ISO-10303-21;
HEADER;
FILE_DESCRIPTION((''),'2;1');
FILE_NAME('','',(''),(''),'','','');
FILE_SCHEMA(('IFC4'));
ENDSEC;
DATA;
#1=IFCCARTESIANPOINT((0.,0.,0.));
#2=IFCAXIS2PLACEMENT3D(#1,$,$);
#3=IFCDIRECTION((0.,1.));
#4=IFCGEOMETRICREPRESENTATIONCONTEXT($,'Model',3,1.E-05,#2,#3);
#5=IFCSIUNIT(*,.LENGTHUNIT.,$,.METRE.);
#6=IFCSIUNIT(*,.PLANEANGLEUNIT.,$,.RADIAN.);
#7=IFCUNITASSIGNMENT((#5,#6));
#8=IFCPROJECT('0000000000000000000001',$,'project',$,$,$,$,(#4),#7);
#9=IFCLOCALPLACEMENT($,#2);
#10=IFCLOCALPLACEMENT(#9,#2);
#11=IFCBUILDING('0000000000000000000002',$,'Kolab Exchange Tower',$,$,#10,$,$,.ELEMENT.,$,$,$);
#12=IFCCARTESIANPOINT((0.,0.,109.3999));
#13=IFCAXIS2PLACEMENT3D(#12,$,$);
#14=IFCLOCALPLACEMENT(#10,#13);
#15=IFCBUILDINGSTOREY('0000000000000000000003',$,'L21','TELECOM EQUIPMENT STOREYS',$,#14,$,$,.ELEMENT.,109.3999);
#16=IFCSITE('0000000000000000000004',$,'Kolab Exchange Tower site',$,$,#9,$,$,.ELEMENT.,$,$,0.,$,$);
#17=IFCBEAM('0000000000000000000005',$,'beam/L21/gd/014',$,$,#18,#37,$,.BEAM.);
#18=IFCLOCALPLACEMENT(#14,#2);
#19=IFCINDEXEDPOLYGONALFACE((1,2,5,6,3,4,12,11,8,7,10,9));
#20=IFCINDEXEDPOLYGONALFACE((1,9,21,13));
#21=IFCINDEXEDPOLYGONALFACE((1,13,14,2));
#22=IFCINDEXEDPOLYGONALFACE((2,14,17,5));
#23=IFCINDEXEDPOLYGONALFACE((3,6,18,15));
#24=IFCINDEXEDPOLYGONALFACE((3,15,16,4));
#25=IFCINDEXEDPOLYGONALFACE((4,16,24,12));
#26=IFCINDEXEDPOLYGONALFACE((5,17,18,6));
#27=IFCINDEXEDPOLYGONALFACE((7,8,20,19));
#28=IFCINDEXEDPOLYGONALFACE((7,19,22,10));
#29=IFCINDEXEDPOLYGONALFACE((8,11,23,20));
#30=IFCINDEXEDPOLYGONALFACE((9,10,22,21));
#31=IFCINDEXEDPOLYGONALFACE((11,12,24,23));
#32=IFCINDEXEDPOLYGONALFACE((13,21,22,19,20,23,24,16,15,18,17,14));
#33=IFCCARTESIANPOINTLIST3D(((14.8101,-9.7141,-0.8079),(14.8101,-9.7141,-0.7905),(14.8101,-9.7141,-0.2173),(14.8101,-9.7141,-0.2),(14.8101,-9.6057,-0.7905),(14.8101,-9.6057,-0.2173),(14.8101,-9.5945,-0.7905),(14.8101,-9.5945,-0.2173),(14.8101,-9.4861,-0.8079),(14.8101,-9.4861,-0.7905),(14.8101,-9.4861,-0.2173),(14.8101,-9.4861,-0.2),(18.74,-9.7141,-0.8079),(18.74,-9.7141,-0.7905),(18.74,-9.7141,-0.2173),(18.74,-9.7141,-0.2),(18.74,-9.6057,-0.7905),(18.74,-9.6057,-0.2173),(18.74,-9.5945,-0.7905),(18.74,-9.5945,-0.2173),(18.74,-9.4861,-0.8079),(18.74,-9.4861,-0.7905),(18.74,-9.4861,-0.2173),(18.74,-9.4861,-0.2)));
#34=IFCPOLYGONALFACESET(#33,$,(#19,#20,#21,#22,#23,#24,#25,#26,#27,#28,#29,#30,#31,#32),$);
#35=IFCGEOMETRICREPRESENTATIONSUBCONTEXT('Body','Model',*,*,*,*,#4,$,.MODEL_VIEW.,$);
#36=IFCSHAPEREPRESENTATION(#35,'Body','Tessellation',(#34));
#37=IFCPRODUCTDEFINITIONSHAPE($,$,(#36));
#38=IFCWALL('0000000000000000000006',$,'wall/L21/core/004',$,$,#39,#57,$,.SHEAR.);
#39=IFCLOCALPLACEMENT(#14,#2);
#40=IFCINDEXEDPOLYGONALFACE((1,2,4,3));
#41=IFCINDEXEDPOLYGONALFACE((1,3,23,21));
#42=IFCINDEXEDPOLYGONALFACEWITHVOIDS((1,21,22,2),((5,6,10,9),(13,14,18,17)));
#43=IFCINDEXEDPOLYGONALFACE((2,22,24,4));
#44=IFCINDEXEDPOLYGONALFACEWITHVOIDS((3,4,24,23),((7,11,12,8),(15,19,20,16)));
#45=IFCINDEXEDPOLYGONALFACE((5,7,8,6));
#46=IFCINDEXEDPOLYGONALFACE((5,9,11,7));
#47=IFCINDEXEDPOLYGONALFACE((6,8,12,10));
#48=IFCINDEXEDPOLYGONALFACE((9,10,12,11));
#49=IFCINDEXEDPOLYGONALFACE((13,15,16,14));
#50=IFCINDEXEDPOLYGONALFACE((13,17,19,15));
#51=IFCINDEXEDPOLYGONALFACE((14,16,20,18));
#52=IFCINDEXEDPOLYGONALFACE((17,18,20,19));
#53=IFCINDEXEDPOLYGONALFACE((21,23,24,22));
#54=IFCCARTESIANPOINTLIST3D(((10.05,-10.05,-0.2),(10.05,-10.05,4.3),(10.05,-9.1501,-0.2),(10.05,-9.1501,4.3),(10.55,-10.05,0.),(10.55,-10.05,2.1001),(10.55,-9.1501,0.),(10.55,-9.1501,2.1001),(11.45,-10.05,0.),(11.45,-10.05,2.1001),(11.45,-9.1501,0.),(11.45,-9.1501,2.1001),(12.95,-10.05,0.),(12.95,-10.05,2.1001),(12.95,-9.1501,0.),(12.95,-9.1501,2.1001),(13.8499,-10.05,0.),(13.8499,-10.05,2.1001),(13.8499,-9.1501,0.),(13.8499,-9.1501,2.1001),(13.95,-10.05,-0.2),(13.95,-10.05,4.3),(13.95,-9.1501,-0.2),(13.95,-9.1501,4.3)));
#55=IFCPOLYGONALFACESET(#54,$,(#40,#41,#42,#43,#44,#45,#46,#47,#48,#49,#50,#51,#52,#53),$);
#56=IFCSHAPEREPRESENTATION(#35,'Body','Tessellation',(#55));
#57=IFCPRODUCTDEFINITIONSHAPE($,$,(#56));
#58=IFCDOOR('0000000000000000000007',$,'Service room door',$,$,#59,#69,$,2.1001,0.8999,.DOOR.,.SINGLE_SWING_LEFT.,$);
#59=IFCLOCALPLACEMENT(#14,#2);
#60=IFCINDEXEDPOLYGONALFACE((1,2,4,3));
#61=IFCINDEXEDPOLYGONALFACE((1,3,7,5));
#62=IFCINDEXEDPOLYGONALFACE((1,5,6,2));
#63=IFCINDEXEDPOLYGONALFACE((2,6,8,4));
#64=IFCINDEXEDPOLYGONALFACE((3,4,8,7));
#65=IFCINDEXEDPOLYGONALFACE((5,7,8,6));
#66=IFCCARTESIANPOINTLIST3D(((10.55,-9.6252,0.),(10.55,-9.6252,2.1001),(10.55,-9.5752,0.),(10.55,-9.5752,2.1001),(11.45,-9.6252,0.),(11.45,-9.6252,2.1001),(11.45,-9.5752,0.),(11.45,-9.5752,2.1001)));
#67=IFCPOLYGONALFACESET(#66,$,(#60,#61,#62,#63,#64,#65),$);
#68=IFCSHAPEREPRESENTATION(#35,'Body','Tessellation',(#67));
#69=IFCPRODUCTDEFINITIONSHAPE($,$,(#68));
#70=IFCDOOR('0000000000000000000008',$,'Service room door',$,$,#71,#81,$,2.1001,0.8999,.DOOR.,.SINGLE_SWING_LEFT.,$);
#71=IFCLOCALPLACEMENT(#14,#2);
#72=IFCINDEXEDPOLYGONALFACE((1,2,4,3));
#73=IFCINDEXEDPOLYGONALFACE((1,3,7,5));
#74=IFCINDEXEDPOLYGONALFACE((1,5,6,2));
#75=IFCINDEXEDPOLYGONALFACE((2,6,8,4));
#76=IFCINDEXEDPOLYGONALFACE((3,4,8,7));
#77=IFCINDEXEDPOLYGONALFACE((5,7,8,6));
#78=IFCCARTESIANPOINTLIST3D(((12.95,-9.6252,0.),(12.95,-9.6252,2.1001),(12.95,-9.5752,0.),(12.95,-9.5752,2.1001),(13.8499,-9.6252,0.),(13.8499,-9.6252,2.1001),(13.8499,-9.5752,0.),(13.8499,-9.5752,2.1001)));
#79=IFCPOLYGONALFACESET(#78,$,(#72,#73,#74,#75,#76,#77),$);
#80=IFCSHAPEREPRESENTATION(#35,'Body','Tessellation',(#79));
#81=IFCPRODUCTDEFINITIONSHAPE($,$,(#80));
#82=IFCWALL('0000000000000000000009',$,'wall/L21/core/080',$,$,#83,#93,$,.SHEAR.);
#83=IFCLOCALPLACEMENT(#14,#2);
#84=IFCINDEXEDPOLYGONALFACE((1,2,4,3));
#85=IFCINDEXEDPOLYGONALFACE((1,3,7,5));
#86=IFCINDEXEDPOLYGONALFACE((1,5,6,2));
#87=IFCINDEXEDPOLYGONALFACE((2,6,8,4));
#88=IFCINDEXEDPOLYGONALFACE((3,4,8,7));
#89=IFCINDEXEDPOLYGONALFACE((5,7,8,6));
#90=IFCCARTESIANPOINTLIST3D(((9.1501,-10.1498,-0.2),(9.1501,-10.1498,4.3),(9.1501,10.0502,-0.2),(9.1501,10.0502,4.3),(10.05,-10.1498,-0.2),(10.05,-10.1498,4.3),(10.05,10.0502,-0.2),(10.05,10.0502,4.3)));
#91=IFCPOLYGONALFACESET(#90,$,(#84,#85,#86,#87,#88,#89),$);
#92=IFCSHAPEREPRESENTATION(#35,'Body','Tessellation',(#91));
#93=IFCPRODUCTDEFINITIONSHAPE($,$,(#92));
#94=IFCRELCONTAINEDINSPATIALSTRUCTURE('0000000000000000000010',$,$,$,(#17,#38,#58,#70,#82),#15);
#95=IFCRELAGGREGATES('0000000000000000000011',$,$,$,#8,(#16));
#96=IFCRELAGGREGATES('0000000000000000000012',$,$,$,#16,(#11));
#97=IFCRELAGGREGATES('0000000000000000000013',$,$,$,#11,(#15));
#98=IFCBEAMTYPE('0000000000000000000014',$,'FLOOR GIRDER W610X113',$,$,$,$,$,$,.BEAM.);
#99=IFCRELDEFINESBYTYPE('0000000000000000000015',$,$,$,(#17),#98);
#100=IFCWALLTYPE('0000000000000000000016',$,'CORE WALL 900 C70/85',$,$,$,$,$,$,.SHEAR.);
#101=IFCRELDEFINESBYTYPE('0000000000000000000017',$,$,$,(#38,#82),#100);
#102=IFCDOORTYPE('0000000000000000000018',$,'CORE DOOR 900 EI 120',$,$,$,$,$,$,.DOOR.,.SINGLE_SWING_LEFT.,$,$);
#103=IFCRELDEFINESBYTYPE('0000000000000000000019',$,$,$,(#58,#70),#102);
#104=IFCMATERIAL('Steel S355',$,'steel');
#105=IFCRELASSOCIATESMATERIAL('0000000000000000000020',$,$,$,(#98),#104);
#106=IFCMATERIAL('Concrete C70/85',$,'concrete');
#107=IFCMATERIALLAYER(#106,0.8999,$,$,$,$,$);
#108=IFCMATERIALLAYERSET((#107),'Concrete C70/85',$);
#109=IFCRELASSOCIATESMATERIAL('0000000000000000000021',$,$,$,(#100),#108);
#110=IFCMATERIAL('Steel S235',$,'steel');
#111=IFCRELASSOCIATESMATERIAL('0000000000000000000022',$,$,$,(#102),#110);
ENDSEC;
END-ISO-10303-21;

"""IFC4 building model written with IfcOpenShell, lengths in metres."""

from ifc_helpers import new_model, si_unit, direction, frame, frame_2d, origin, origin_2d, place, context, subcontext, project, spatial, rectangle, i_section, extrude, material, layer, layer_set, material_profile, profile_set, type_object, element, fill, save


model = new_model("IFC4")

# Units and contexts
model_context = context("Model", 3, precision=1e-05, world=origin(), true_north=direction((0.0, 1.0)))
body_context = subcontext(model_context, "Body", "Model", "MODEL_VIEW")
ifc_project = project(units=[si_unit("LENGTHUNIT", "METRE"), si_unit("PLANEANGLEUNIT", "RADIAN")], contexts=[model_context])

# Site, building, storey
site_placement = place(None, origin())
site = spatial("IfcSite", under=ifc_project, at=site_placement, Name="Kolab Exchange Tower site", CompositionType="ELEMENT", RefElevation=0.0)
building_placement = place(site_placement, origin())
building = spatial("IfcBuilding", under=site, at=building_placement, Name="Kolab Exchange Tower", CompositionType="ELEMENT")
storey_placement = place(building_placement, frame((0.0, 0.0, 109.3999)))
storey = spatial("IfcBuildingStorey", under=building, at=storey_placement, Name="L21", Description="TELECOM EQUIPMENT STOREYS", CompositionType="ELEMENT", Elevation=109.3999)

# Beam
ifc_material_1 = material(Name="Steel S355", Category="steel")
ifc_material_profile = material_profile(ifc_material_1, i_section(OverallWidth=0.228, OverallDepth=0.6079, WebThickness=0.0112, FlangeThickness=0.0173, at=origin_2d()), Name="W610X113")
ifc_profile_set = profile_set([ifc_material_profile], Name="Steel S355")
beam_type = type_object("IfcBeamType", Name="FLOOR GIRDER W610X113", PredefinedType="BEAM", material=ifc_profile_set)
beam_placement = place(storey_placement, frame((14.8101, -9.6001, -0.5039), z_axis=(1.0, 0.0, 0.0), x_axis=(0.0, 1.0, 0.0)))
element("IfcBeam", 1, at=beam_placement, inside=storey, type_object=beam_type, Name="beam/L21/gd/014", PredefinedType="BEAM", context=body_context, shape_type="SweptSolid", body=[
    extrude(i_section(OverallWidth=0.228, OverallDepth=0.6079, WebThickness=0.0112, FlangeThickness=0.0173, at=origin_2d()), origin(), (0.0, 0.0, 1.0), 3.9299),
])

# Wall, openings, doors
ifc_material_2 = material(Name="Concrete C70/85", Category="concrete")
ifc_layer_1 = layer(ifc_material_2, 0.8999)
ifc_layer_set_1 = layer_set([ifc_layer_1], Name="Concrete C70/85")
wall_type_1 = type_object("IfcWallType", Name="CORE WALL 900 C70/85", PredefinedType="SHEAR", material=ifc_layer_set_1)
wall_1_placement = place(storey_placement, frame((10.05, -9.6001, -0.2), z_axis=(0.0, 0.0, 1.0), x_axis=(1.0, 0.0, 0.0)))
wall_1 = element("IfcWall", 2, at=wall_1_placement, inside=storey, type_object=wall_type_1, Name="wall/L21/core/004", PredefinedType="SHEAR", context=body_context, shape_type="SweptSolid", body=[
    extrude(rectangle(XDim=3.8999, YDim=0.8999, at=frame_2d((1.95, 0.0))), origin(), (0.0, 0.0, 1.0), 4.5),
])
opening_1_placement = place(wall_1_placement, frame((0.5, 0.0, 0.2)))
opening_1 = element("IfcOpeningElement", 3, at=opening_1_placement, cuts=wall_1, PredefinedType="OPENING", context=body_context, shape_type="SweptSolid", body=[
    extrude(rectangle(XDim=0.8999, YDim=2.1001, at=frame_2d((0.45, 1.05))), frame((0.0, 0.46, 0.0), z_axis=(0.0, -1.0, 0.0), x_axis=(1.0, 0.0, 0.0)), (0.0, 0.0, 1.0), 0.9199),
])
opening_2_placement = place(wall_1_placement, frame((2.8999, 0.0, 0.2)))
opening_2 = element("IfcOpeningElement", 4, at=opening_2_placement, cuts=wall_1, PredefinedType="OPENING", context=body_context, shape_type="SweptSolid", body=[
    extrude(rectangle(XDim=0.8999, YDim=2.1001, at=frame_2d((0.45, 1.05))), frame((0.0, 0.46, 0.0), z_axis=(0.0, -1.0, 0.0), x_axis=(1.0, 0.0, 0.0)), (0.0, 0.0, 1.0), 0.9199),
])
ifc_material_3 = material(Name="Steel S235", Category="steel")
door_type_1 = type_object("IfcDoorType", Name="CORE DOOR 900 EI 120", OperationType="SINGLE_SWING_LEFT", PredefinedType="DOOR", material=ifc_material_3)
door_1_placement = place(opening_1_placement, origin())
door_1 = element("IfcDoor", 5, at=door_1_placement, inside=storey, type_object=door_type_1, Name="Service room door", OperationType="SINGLE_SWING_LEFT", OverallHeight=2.1001, OverallWidth=0.8999, PredefinedType="DOOR", context=body_context, shape_type="SweptSolid", body=[
    extrude(rectangle(XDim=0.8999, YDim=2.1001, at=frame_2d((0.45, 1.05))), frame((0.0, 0.0249, 0.0), z_axis=(0.0, -1.0, 0.0), x_axis=(1.0, 0.0, 0.0)), (0.0, 0.0, 1.0), 0.05),
])
fill(opening_1, door_1)
door_2_placement = place(opening_2_placement, origin())
door_2 = element("IfcDoor", 6, at=door_2_placement, inside=storey, type_object=door_type_1, Name="Service room door", OperationType="SINGLE_SWING_LEFT", OverallHeight=2.1001, OverallWidth=0.8999, PredefinedType="DOOR", context=body_context, shape_type="SweptSolid", body=[
    extrude(rectangle(XDim=0.8999, YDim=2.1001, at=frame_2d((0.45, 1.05))), frame((0.0, 0.0249, 0.0), z_axis=(0.0, -1.0, 0.0), x_axis=(1.0, 0.0, 0.0)), (0.0, 0.0, 1.0), 0.05),
])
fill(opening_2, door_2)

# Wall
wall_2_placement = place(storey_placement, frame((9.6001, -10.1499, -0.2), z_axis=(0.0, 0.0, 1.0), x_axis=(0.0, 1.0, 0.0)))
element("IfcWall", 7, at=wall_2_placement, inside=storey, type_object=wall_type_1, Name="wall/L21/core/080", PredefinedType="SHEAR", context=body_context, shape_type="SweptSolid", body=[
    extrude(rectangle(XDim=20.2, YDim=0.8999, at=frame_2d((10.1001, 0.0))), origin(), (0.0, 0.0, 1.0), 4.5),
])

save(model, "model.ifc")
